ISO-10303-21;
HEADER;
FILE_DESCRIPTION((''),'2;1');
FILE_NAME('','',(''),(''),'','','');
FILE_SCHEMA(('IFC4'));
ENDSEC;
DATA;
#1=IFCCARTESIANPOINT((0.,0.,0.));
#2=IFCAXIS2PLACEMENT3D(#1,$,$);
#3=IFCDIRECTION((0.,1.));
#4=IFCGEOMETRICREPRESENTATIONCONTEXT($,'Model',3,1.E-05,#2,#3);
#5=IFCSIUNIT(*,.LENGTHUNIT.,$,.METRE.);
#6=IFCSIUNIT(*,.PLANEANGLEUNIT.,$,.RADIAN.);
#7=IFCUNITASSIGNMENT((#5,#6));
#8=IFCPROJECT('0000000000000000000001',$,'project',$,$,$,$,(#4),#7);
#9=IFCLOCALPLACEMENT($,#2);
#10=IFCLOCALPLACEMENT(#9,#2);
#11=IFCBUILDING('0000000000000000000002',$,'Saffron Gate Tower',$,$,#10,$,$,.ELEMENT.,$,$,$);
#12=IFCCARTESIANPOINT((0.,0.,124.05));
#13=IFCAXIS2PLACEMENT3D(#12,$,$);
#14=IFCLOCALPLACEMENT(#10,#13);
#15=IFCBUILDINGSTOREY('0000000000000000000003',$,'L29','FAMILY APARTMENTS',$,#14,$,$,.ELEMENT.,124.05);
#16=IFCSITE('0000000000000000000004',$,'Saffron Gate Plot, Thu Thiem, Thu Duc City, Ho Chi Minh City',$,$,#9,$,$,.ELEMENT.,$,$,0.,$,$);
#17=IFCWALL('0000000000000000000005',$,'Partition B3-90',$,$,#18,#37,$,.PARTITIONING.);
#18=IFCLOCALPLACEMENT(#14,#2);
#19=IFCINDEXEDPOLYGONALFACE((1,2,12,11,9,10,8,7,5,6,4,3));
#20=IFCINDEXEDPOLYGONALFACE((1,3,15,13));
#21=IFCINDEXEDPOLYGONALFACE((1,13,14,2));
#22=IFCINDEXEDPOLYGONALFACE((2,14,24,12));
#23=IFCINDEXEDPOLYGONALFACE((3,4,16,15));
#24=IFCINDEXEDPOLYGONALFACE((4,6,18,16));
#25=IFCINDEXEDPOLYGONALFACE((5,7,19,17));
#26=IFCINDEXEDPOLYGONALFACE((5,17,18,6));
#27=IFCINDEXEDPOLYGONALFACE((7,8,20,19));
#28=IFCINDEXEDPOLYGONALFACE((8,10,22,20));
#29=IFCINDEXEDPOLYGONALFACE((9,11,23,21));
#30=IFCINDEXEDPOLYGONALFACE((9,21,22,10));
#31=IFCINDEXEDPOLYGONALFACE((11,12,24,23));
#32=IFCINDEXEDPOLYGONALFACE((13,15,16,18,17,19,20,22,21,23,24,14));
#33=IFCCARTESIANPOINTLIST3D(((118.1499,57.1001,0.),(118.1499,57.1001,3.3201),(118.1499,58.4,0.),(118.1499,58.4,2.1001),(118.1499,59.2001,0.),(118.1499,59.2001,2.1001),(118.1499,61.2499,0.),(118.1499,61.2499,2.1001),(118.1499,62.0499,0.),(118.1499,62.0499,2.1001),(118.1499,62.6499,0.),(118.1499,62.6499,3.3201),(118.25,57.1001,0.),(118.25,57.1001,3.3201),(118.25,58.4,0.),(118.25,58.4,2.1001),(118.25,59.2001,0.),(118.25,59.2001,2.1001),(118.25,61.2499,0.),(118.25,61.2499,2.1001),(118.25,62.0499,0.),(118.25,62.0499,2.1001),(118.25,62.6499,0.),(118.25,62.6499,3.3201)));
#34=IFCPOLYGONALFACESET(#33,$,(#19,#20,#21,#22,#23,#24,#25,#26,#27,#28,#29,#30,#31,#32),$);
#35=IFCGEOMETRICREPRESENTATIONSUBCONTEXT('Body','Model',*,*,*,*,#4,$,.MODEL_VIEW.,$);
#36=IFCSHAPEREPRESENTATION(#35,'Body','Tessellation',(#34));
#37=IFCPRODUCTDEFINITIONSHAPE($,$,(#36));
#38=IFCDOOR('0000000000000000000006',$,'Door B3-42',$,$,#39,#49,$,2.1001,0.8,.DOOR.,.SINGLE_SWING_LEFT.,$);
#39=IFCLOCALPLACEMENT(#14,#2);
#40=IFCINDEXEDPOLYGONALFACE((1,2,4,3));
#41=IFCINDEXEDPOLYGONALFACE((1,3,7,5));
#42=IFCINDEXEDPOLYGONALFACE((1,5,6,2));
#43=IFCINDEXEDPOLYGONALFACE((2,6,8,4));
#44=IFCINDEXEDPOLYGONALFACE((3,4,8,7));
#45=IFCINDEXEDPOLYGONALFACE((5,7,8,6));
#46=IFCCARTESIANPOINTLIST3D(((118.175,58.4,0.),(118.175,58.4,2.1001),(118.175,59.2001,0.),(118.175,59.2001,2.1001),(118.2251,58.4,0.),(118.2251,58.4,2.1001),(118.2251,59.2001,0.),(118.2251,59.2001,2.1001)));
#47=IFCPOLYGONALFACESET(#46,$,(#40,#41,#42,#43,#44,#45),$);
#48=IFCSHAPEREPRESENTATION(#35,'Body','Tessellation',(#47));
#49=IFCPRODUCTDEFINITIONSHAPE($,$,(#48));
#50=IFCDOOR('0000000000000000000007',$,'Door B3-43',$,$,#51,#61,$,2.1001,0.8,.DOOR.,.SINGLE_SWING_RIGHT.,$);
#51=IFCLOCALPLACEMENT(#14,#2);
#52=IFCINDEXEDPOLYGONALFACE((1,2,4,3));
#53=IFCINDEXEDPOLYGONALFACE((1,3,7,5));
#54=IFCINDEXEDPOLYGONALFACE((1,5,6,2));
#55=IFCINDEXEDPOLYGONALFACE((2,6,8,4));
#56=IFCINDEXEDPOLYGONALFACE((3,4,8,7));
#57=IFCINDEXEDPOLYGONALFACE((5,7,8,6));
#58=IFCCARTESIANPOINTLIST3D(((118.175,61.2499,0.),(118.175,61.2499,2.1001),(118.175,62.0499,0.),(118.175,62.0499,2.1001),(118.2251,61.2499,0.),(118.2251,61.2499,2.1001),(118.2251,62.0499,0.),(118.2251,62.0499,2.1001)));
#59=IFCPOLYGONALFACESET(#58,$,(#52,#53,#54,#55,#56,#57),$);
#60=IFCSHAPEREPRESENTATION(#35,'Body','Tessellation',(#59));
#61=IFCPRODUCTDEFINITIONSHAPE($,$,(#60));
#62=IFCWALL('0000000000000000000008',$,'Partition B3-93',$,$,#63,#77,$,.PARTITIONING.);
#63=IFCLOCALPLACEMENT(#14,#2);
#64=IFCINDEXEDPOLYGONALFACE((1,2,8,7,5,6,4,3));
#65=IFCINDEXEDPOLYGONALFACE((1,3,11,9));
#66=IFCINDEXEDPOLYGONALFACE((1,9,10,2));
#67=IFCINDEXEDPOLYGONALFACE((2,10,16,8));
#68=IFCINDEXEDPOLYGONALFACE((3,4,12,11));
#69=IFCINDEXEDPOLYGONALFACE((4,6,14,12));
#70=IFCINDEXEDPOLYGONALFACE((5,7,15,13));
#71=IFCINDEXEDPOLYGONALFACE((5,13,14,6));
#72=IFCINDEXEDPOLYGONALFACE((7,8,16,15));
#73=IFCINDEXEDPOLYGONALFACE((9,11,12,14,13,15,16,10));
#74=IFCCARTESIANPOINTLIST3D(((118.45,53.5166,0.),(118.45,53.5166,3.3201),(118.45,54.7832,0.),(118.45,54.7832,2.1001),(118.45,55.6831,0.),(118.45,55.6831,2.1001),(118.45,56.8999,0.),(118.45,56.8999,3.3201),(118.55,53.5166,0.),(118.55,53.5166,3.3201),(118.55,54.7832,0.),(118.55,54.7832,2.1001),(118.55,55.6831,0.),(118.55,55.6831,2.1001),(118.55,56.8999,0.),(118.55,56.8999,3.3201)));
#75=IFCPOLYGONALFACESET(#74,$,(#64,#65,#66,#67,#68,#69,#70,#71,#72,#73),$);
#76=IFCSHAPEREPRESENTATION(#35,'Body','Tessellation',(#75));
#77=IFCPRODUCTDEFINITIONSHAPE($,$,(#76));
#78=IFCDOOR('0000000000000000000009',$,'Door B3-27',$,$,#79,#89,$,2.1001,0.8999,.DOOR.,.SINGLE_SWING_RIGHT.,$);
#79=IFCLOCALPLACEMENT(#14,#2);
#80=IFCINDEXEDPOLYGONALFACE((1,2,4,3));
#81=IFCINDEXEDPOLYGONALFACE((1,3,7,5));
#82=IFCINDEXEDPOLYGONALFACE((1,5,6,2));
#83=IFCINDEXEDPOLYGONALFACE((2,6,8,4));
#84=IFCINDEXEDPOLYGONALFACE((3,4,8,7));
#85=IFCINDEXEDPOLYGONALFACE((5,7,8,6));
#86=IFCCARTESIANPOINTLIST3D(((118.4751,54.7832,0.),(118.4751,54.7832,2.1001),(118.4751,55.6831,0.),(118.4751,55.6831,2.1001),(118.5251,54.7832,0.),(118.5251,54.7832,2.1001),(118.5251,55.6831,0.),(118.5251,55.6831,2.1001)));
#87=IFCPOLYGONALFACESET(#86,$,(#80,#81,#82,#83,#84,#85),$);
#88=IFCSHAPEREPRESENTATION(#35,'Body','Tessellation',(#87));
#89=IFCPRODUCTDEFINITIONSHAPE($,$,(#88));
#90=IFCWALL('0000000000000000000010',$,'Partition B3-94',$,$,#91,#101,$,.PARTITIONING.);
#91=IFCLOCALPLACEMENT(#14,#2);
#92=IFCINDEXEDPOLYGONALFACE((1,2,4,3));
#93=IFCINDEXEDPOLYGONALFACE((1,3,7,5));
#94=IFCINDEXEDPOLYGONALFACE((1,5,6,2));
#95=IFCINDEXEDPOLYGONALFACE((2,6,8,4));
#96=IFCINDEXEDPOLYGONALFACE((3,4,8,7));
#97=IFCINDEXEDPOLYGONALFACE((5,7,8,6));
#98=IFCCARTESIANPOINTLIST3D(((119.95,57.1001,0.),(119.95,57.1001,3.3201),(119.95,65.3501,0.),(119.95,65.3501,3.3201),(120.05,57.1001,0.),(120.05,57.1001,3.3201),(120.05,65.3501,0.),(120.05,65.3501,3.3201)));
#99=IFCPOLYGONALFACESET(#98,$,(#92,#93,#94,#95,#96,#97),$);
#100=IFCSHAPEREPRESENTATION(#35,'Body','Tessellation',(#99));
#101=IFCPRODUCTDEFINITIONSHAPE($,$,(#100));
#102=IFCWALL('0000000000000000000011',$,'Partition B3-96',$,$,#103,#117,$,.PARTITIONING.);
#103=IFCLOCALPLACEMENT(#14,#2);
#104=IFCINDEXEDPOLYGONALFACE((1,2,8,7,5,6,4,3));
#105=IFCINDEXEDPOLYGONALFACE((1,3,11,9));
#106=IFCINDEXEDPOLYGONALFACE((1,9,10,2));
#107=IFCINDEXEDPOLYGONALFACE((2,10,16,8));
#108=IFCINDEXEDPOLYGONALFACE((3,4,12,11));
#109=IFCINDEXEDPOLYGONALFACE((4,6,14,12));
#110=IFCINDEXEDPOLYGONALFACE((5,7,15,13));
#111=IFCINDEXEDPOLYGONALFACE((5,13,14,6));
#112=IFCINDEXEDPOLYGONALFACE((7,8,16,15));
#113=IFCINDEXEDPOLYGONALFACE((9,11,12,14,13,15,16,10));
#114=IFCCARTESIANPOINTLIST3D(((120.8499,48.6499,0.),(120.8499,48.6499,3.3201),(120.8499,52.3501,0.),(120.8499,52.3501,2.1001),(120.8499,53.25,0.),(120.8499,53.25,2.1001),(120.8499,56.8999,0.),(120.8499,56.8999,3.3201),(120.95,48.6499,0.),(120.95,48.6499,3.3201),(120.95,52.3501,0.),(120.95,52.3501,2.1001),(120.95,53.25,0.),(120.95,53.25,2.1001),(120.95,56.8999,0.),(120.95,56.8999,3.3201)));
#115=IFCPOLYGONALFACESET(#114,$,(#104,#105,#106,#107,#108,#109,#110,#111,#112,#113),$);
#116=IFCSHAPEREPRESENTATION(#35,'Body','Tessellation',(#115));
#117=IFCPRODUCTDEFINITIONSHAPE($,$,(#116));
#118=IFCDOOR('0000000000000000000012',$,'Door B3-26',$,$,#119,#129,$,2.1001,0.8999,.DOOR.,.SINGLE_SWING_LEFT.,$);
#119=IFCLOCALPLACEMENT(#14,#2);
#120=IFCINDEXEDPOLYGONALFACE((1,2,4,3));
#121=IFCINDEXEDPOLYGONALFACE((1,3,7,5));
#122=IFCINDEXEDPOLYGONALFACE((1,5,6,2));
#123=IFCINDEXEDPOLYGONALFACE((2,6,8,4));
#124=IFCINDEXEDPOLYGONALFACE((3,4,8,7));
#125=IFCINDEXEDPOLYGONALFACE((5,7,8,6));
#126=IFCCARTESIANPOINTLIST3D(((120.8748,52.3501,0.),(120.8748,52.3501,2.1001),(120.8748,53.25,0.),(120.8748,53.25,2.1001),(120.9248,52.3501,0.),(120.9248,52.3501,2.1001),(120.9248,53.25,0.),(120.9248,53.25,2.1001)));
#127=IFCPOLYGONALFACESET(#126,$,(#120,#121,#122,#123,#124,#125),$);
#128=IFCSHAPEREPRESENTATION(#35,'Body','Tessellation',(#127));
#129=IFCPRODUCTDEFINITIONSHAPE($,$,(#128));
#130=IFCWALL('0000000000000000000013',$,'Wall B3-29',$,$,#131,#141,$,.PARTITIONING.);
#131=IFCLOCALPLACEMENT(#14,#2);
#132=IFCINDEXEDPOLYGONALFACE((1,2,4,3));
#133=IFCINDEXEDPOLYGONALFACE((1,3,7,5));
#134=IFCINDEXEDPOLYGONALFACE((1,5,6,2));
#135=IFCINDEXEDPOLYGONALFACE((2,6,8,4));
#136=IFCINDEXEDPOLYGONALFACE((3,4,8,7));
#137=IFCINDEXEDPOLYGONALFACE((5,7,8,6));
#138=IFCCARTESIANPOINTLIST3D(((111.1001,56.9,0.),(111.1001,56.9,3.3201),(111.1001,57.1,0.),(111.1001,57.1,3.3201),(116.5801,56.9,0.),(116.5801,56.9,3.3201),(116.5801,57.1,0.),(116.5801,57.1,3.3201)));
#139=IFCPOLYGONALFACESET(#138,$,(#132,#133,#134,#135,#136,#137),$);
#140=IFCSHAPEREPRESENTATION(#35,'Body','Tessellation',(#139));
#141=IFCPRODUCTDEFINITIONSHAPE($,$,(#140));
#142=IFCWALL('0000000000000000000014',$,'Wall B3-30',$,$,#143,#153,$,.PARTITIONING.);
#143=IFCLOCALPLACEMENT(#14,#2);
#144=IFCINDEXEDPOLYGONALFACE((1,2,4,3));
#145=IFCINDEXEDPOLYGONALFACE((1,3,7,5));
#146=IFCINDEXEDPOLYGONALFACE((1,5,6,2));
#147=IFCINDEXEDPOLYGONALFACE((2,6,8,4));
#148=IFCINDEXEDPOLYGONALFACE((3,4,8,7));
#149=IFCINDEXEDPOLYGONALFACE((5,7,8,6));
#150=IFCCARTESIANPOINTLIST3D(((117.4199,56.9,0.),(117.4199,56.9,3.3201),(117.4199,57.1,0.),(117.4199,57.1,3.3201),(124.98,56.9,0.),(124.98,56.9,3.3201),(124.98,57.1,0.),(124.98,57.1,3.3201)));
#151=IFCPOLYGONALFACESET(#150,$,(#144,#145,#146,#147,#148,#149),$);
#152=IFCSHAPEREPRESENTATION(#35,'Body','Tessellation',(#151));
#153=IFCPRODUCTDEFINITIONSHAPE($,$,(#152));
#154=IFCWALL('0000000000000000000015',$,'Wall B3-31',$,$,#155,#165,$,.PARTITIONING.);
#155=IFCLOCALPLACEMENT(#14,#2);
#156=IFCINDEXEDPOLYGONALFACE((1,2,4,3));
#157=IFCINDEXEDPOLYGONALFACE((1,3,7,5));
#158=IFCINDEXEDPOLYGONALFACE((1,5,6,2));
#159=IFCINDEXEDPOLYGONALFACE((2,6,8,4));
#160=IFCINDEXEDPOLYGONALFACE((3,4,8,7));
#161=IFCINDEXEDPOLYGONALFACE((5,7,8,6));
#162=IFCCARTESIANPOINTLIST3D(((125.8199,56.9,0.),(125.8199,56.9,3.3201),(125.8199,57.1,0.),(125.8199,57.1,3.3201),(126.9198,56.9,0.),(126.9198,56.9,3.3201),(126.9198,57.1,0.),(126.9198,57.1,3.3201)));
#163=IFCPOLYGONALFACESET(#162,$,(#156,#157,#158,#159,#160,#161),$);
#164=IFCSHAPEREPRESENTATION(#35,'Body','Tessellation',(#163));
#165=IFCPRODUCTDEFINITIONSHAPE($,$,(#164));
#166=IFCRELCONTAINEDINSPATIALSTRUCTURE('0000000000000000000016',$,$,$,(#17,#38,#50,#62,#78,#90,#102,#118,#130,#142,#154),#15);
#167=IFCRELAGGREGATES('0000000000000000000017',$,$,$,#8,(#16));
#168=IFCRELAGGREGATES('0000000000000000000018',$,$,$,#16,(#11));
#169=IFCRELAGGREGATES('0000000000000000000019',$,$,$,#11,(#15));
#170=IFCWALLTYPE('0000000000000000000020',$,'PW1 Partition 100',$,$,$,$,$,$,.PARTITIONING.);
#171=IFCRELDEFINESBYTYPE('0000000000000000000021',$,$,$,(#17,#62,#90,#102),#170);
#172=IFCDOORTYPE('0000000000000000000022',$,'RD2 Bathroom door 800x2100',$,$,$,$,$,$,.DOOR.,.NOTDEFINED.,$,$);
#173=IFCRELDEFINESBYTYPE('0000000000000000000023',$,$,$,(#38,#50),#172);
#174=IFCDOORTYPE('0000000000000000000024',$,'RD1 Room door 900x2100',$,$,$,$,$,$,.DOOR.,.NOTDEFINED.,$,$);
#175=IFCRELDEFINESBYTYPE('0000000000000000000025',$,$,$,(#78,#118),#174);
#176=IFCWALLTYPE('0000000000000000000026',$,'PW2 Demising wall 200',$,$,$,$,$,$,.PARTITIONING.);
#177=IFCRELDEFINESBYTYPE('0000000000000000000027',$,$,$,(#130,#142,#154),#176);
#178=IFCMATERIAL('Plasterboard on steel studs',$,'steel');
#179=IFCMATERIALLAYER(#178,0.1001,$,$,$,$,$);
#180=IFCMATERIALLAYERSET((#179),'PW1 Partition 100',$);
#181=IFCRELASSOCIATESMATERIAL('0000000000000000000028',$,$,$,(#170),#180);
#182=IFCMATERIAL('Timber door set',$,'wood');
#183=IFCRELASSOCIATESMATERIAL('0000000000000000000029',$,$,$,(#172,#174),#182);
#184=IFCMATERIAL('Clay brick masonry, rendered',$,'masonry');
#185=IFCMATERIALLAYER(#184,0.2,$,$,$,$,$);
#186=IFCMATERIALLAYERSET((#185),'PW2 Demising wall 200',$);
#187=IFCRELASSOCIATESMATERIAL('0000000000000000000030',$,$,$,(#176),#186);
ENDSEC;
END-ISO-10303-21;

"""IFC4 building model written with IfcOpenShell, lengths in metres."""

from ifc_helpers import new_model, si_unit, direction, frame, frame_2d, origin, place, context, subcontext, project, spatial, rectangle, extrude, material, layer, layer_set, type_object, element, fill, save


model = new_model("IFC4")

# Units and contexts
model_context = context("Model", 3, precision=1e-05, world=origin(), true_north=direction((0.0, 1.0)))
body_context = subcontext(model_context, "Body", "Model", "MODEL_VIEW")
ifc_project = project(units=[si_unit("LENGTHUNIT", "METRE"), si_unit("PLANEANGLEUNIT", "RADIAN")], contexts=[model_context])

# Site, building, storey
site_placement = place(None, origin())
site = spatial("IfcSite", under=ifc_project, at=site_placement, Name="Saffron Gate Plot, Thu Thiem, Thu Duc City, Ho Chi Minh City", CompositionType="ELEMENT", RefElevation=0.0)
building_placement = place(site_placement, origin())
building = spatial("IfcBuilding", under=site, at=building_placement, Name="Saffron Gate Tower", CompositionType="ELEMENT")
storey_placement = place(building_placement, frame((0.0, 0.0, 124.05)))
storey = spatial("IfcBuildingStorey", under=building, at=storey_placement, Name="L29", Description="FAMILY APARTMENTS", CompositionType="ELEMENT", Elevation=124.05)

# Shared definitions
ifc_material_1 = material(Name="Plasterboard on steel studs", Category="steel")
ifc_layer_1 = layer(ifc_material_1, 0.1001)
ifc_layer_set_1 = layer_set([ifc_layer_1], Name="PW1 Partition 100")
wall_type_1 = type_object("IfcWallType", Name="PW1 Partition 100", PredefinedType="PARTITIONING", material=ifc_layer_set_1)

# Wall, openings, doors
wall_1_placement = place(storey_placement, frame((118.2, 57.1001, 0.0), z_axis=(0.0, 0.0, 1.0), x_axis=(0.0, 1.0, 0.0)))
wall_1 = element("IfcWall", 1, at=wall_1_placement, inside=storey, type_object=wall_type_1, Name="Partition B3-90", PredefinedType="PARTITIONING", context=body_context, shape_type="SweptSolid", body=[
    extrude(rectangle(XDim=5.5498, YDim=0.1001, at=frame_2d((2.7749, 0.0))), origin(), (0.0, 0.0, 1.0), 3.3201),
])
opening_1_placement = place(wall_1_placement, frame((1.3, 0.0, 0.0)))
opening_1 = element("IfcOpeningElement", 2, at=opening_1_placement, cuts=wall_1, PredefinedType="OPENING", context=body_context, shape_type="SweptSolid", body=[
    extrude(rectangle(XDim=0.8, YDim=2.1001, at=frame_2d((0.3999, 1.05))), frame((0.0, 0.0601, 0.0), z_axis=(0.0, -1.0, 0.0), x_axis=(1.0, 0.0, 0.0)), (0.0, 0.0, 1.0), 0.1201),
])
opening_2_placement = place(wall_1_placement, frame((4.1499, 0.0, 0.0)))
opening_2 = element("IfcOpeningElement", 3, at=opening_2_placement, cuts=wall_1, PredefinedType="OPENING", context=body_context, shape_type="SweptSolid", body=[
    extrude(rectangle(XDim=0.8, YDim=2.1001, at=frame_2d((0.3999, 1.05))), frame((0.0, 0.0601, 0.0), z_axis=(0.0, -1.0, 0.0), x_axis=(1.0, 0.0, 0.0)), (0.0, 0.0, 1.0), 0.1201),
])
ifc_material_2 = material(Name="Timber door set", Category="wood")
door_type_1 = type_object("IfcDoorType", Name="RD2 Bathroom door 800x2100", OperationType="NOTDEFINED", PredefinedType="DOOR", material=ifc_material_2)
door_1_placement = place(opening_1_placement, origin())
door_1 = element("IfcDoor", 4, at=door_1_placement, inside=storey, type_object=door_type_1, Name="Door B3-42", OperationType="SINGLE_SWING_LEFT", OverallHeight=2.1001, OverallWidth=0.8, PredefinedType="DOOR", context=body_context, shape_type="SweptSolid", body=[
    extrude(rectangle(XDim=0.8, YDim=2.1001, at=frame_2d((0.3999, 1.05))), frame((0.0, 0.0249, 0.0), z_axis=(0.0, -1.0, 0.0), x_axis=(1.0, 0.0, 0.0)), (0.0, 0.0, 1.0), 0.05),
])
fill(opening_1, door_1)
door_2_placement = place(opening_2_placement, origin())
door_2 = element("IfcDoor", 5, at=door_2_placement, inside=storey, type_object=door_type_1, Name="Door B3-43", OperationType="SINGLE_SWING_RIGHT", OverallHeight=2.1001, OverallWidth=0.8, PredefinedType="DOOR", context=body_context, shape_type="SweptSolid", body=[
    extrude(rectangle(XDim=0.8, YDim=2.1001, at=frame_2d((0.3999, 1.05))), frame((0.0, 0.0249, 0.0), z_axis=(0.0, -1.0, 0.0), x_axis=(1.0, 0.0, 0.0)), (0.0, 0.0, 1.0), 0.05),
])
fill(opening_2, door_2)

# Wall, opening, door
wall_2_placement = place(storey_placement, frame((118.5, 53.5166, 0.0), z_axis=(0.0, 0.0, 1.0), x_axis=(0.0, 1.0, 0.0)))
wall_2 = element("IfcWall", 6, at=wall_2_placement, inside=storey, type_object=wall_type_1, Name="Partition B3-93", PredefinedType="PARTITIONING", context=body_context, shape_type="SweptSolid", body=[
    extrude(rectangle(XDim=3.3833, YDim=0.1001, at=frame_2d((1.6917, 0.0))), origin(), (0.0, 0.0, 1.0), 3.3201),
])
opening_3_placement = place(wall_2_placement, frame((1.2666, 0.0, 0.0)))
opening_3 = element("IfcOpeningElement", 7, at=opening_3_placement, cuts=wall_2, PredefinedType="OPENING", context=body_context, shape_type="SweptSolid", body=[
    extrude(rectangle(XDim=0.8999, YDim=2.1001, at=frame_2d((0.45, 1.05))), frame((0.0, 0.0601, 0.0), z_axis=(0.0, -1.0, 0.0), x_axis=(1.0, 0.0, 0.0)), (0.0, 0.0, 1.0), 0.1201),
])
door_type_2 = type_object("IfcDoorType", Name="RD1 Room door 900x2100", OperationType="NOTDEFINED", PredefinedType="DOOR", material=ifc_material_2)
door_3_placement = place(opening_3_placement, origin())
door_3 = element("IfcDoor", 8, at=door_3_placement, inside=storey, type_object=door_type_2, Name="Door B3-27", OperationType="SINGLE_SWING_RIGHT", OverallHeight=2.1001, OverallWidth=0.8999, PredefinedType="DOOR", context=body_context, shape_type="SweptSolid", body=[
    extrude(rectangle(XDim=0.8999, YDim=2.1001, at=frame_2d((0.45, 1.05))), frame((0.0, 0.0249, 0.0), z_axis=(0.0, -1.0, 0.0), x_axis=(1.0, 0.0, 0.0)), (0.0, 0.0, 1.0), 0.05),
])
fill(opening_3, door_3)

# Wall
wall_3_placement = place(storey_placement, frame((120.0, 65.3501, 0.0), z_axis=(0.0, 0.0, 1.0), x_axis=(0.0, -1.0, 0.0)))
element("IfcWall", 9, at=wall_3_placement, inside=storey, type_object=wall_type_1, Name="Partition B3-94", PredefinedType="PARTITIONING", context=body_context, shape_type="SweptSolid", body=[
    extrude(rectangle(XDim=8.25, YDim=0.1001, at=frame_2d((4.125, 0.0))), origin(), (0.0, 0.0, 1.0), 3.3201),
])

# Wall, opening, door
wall_4_placement = place(storey_placement, frame((120.8999, 56.8999, 0.0), z_axis=(0.0, 0.0, 1.0), x_axis=(0.0, -1.0, 0.0)))
wall_4 = element("IfcWall", 10, at=wall_4_placement, inside=storey, type_object=wall_type_1, Name="Partition B3-96", PredefinedType="PARTITIONING", context=body_context, shape_type="SweptSolid", body=[
    extrude(rectangle(XDim=8.25, YDim=0.1001, at=frame_2d((4.125, 0.0))), origin(), (0.0, 0.0, 1.0), 3.3201),
])
opening_4_placement = place(wall_4_placement, frame((3.6499, 0.0, 0.0)))
opening_4 = element("IfcOpeningElement", 11, at=opening_4_placement, cuts=wall_4, PredefinedType="OPENING", context=body_context, shape_type="SweptSolid", body=[
    extrude(rectangle(XDim=0.8999, YDim=2.1001, at=frame_2d((0.45, 1.05))), frame((0.0, 0.0601, 0.0), z_axis=(0.0, -1.0, 0.0), x_axis=(1.0, 0.0, 0.0)), (0.0, 0.0, 1.0), 0.1201),
])
door_4_placement = place(opening_4_placement, origin())
door_4 = element("IfcDoor", 12, at=door_4_placement, inside=storey, type_object=door_type_2, Name="Door B3-26", OperationType="SINGLE_SWING_LEFT", OverallHeight=2.1001, OverallWidth=0.8999, PredefinedType="DOOR", context=body_context, shape_type="SweptSolid", body=[
    extrude(rectangle(XDim=0.8999, YDim=2.1001, at=frame_2d((0.45, 1.05))), frame((0.0, 0.0249, 0.0), z_axis=(0.0, -1.0, 0.0), x_axis=(1.0, 0.0, 0.0)), (0.0, 0.0, 1.0), 0.05),
])
fill(opening_4, door_4)

# Walls
ifc_material_3 = material(Name="Clay brick masonry, rendered", Category="masonry")
ifc_layer_2 = layer(ifc_material_3, 0.2)
ifc_layer_set_2 = layer_set([ifc_layer_2], Name="PW2 Demising wall 200")
wall_type_2 = type_object("IfcWallType", Name="PW2 Demising wall 200", PredefinedType="PARTITIONING", material=ifc_layer_set_2)
wall_5_placement = place(storey_placement, frame((111.1001, 57.0, 0.0), z_axis=(0.0, 0.0, 1.0), x_axis=(1.0, 0.0, 0.0)))
element("IfcWall", 13, at=wall_5_placement, inside=storey, type_object=wall_type_2, Name="Wall B3-29", PredefinedType="PARTITIONING", context=body_context, shape_type="SweptSolid", body=[
    extrude(rectangle(XDim=5.48, YDim=0.2, at=frame_2d((2.74, 0.0))), origin(), (0.0, 0.0, 1.0), 3.3201),
])
wall_6_placement = place(storey_placement, frame((117.4199, 57.0, 0.0), z_axis=(0.0, 0.0, 1.0), x_axis=(1.0, 0.0, 0.0)))
element("IfcWall", 14, at=wall_6_placement, inside=storey, type_object=wall_type_2, Name="Wall B3-30", PredefinedType="PARTITIONING", context=body_context, shape_type="SweptSolid", body=[
    extrude(rectangle(XDim=7.5601, YDim=0.2, at=frame_2d((3.78, 0.0))), origin(), (0.0, 0.0, 1.0), 3.3201),
])
wall_7_placement = place(storey_placement, frame((125.8201, 57.0, 0.0), z_axis=(0.0, 0.0, 1.0), x_axis=(1.0, 0.0, 0.0)))
element("IfcWall", 15, at=wall_7_placement, inside=storey, type_object=wall_type_2, Name="Wall B3-31", PredefinedType="PARTITIONING", context=body_context, shape_type="SweptSolid", body=[
    extrude(rectangle(XDim=1.0999, YDim=0.2, at=frame_2d((0.5498, 0.0))), origin(), (0.0, 0.0, 1.0), 3.3201),
])

save(model, "model.ifc")
